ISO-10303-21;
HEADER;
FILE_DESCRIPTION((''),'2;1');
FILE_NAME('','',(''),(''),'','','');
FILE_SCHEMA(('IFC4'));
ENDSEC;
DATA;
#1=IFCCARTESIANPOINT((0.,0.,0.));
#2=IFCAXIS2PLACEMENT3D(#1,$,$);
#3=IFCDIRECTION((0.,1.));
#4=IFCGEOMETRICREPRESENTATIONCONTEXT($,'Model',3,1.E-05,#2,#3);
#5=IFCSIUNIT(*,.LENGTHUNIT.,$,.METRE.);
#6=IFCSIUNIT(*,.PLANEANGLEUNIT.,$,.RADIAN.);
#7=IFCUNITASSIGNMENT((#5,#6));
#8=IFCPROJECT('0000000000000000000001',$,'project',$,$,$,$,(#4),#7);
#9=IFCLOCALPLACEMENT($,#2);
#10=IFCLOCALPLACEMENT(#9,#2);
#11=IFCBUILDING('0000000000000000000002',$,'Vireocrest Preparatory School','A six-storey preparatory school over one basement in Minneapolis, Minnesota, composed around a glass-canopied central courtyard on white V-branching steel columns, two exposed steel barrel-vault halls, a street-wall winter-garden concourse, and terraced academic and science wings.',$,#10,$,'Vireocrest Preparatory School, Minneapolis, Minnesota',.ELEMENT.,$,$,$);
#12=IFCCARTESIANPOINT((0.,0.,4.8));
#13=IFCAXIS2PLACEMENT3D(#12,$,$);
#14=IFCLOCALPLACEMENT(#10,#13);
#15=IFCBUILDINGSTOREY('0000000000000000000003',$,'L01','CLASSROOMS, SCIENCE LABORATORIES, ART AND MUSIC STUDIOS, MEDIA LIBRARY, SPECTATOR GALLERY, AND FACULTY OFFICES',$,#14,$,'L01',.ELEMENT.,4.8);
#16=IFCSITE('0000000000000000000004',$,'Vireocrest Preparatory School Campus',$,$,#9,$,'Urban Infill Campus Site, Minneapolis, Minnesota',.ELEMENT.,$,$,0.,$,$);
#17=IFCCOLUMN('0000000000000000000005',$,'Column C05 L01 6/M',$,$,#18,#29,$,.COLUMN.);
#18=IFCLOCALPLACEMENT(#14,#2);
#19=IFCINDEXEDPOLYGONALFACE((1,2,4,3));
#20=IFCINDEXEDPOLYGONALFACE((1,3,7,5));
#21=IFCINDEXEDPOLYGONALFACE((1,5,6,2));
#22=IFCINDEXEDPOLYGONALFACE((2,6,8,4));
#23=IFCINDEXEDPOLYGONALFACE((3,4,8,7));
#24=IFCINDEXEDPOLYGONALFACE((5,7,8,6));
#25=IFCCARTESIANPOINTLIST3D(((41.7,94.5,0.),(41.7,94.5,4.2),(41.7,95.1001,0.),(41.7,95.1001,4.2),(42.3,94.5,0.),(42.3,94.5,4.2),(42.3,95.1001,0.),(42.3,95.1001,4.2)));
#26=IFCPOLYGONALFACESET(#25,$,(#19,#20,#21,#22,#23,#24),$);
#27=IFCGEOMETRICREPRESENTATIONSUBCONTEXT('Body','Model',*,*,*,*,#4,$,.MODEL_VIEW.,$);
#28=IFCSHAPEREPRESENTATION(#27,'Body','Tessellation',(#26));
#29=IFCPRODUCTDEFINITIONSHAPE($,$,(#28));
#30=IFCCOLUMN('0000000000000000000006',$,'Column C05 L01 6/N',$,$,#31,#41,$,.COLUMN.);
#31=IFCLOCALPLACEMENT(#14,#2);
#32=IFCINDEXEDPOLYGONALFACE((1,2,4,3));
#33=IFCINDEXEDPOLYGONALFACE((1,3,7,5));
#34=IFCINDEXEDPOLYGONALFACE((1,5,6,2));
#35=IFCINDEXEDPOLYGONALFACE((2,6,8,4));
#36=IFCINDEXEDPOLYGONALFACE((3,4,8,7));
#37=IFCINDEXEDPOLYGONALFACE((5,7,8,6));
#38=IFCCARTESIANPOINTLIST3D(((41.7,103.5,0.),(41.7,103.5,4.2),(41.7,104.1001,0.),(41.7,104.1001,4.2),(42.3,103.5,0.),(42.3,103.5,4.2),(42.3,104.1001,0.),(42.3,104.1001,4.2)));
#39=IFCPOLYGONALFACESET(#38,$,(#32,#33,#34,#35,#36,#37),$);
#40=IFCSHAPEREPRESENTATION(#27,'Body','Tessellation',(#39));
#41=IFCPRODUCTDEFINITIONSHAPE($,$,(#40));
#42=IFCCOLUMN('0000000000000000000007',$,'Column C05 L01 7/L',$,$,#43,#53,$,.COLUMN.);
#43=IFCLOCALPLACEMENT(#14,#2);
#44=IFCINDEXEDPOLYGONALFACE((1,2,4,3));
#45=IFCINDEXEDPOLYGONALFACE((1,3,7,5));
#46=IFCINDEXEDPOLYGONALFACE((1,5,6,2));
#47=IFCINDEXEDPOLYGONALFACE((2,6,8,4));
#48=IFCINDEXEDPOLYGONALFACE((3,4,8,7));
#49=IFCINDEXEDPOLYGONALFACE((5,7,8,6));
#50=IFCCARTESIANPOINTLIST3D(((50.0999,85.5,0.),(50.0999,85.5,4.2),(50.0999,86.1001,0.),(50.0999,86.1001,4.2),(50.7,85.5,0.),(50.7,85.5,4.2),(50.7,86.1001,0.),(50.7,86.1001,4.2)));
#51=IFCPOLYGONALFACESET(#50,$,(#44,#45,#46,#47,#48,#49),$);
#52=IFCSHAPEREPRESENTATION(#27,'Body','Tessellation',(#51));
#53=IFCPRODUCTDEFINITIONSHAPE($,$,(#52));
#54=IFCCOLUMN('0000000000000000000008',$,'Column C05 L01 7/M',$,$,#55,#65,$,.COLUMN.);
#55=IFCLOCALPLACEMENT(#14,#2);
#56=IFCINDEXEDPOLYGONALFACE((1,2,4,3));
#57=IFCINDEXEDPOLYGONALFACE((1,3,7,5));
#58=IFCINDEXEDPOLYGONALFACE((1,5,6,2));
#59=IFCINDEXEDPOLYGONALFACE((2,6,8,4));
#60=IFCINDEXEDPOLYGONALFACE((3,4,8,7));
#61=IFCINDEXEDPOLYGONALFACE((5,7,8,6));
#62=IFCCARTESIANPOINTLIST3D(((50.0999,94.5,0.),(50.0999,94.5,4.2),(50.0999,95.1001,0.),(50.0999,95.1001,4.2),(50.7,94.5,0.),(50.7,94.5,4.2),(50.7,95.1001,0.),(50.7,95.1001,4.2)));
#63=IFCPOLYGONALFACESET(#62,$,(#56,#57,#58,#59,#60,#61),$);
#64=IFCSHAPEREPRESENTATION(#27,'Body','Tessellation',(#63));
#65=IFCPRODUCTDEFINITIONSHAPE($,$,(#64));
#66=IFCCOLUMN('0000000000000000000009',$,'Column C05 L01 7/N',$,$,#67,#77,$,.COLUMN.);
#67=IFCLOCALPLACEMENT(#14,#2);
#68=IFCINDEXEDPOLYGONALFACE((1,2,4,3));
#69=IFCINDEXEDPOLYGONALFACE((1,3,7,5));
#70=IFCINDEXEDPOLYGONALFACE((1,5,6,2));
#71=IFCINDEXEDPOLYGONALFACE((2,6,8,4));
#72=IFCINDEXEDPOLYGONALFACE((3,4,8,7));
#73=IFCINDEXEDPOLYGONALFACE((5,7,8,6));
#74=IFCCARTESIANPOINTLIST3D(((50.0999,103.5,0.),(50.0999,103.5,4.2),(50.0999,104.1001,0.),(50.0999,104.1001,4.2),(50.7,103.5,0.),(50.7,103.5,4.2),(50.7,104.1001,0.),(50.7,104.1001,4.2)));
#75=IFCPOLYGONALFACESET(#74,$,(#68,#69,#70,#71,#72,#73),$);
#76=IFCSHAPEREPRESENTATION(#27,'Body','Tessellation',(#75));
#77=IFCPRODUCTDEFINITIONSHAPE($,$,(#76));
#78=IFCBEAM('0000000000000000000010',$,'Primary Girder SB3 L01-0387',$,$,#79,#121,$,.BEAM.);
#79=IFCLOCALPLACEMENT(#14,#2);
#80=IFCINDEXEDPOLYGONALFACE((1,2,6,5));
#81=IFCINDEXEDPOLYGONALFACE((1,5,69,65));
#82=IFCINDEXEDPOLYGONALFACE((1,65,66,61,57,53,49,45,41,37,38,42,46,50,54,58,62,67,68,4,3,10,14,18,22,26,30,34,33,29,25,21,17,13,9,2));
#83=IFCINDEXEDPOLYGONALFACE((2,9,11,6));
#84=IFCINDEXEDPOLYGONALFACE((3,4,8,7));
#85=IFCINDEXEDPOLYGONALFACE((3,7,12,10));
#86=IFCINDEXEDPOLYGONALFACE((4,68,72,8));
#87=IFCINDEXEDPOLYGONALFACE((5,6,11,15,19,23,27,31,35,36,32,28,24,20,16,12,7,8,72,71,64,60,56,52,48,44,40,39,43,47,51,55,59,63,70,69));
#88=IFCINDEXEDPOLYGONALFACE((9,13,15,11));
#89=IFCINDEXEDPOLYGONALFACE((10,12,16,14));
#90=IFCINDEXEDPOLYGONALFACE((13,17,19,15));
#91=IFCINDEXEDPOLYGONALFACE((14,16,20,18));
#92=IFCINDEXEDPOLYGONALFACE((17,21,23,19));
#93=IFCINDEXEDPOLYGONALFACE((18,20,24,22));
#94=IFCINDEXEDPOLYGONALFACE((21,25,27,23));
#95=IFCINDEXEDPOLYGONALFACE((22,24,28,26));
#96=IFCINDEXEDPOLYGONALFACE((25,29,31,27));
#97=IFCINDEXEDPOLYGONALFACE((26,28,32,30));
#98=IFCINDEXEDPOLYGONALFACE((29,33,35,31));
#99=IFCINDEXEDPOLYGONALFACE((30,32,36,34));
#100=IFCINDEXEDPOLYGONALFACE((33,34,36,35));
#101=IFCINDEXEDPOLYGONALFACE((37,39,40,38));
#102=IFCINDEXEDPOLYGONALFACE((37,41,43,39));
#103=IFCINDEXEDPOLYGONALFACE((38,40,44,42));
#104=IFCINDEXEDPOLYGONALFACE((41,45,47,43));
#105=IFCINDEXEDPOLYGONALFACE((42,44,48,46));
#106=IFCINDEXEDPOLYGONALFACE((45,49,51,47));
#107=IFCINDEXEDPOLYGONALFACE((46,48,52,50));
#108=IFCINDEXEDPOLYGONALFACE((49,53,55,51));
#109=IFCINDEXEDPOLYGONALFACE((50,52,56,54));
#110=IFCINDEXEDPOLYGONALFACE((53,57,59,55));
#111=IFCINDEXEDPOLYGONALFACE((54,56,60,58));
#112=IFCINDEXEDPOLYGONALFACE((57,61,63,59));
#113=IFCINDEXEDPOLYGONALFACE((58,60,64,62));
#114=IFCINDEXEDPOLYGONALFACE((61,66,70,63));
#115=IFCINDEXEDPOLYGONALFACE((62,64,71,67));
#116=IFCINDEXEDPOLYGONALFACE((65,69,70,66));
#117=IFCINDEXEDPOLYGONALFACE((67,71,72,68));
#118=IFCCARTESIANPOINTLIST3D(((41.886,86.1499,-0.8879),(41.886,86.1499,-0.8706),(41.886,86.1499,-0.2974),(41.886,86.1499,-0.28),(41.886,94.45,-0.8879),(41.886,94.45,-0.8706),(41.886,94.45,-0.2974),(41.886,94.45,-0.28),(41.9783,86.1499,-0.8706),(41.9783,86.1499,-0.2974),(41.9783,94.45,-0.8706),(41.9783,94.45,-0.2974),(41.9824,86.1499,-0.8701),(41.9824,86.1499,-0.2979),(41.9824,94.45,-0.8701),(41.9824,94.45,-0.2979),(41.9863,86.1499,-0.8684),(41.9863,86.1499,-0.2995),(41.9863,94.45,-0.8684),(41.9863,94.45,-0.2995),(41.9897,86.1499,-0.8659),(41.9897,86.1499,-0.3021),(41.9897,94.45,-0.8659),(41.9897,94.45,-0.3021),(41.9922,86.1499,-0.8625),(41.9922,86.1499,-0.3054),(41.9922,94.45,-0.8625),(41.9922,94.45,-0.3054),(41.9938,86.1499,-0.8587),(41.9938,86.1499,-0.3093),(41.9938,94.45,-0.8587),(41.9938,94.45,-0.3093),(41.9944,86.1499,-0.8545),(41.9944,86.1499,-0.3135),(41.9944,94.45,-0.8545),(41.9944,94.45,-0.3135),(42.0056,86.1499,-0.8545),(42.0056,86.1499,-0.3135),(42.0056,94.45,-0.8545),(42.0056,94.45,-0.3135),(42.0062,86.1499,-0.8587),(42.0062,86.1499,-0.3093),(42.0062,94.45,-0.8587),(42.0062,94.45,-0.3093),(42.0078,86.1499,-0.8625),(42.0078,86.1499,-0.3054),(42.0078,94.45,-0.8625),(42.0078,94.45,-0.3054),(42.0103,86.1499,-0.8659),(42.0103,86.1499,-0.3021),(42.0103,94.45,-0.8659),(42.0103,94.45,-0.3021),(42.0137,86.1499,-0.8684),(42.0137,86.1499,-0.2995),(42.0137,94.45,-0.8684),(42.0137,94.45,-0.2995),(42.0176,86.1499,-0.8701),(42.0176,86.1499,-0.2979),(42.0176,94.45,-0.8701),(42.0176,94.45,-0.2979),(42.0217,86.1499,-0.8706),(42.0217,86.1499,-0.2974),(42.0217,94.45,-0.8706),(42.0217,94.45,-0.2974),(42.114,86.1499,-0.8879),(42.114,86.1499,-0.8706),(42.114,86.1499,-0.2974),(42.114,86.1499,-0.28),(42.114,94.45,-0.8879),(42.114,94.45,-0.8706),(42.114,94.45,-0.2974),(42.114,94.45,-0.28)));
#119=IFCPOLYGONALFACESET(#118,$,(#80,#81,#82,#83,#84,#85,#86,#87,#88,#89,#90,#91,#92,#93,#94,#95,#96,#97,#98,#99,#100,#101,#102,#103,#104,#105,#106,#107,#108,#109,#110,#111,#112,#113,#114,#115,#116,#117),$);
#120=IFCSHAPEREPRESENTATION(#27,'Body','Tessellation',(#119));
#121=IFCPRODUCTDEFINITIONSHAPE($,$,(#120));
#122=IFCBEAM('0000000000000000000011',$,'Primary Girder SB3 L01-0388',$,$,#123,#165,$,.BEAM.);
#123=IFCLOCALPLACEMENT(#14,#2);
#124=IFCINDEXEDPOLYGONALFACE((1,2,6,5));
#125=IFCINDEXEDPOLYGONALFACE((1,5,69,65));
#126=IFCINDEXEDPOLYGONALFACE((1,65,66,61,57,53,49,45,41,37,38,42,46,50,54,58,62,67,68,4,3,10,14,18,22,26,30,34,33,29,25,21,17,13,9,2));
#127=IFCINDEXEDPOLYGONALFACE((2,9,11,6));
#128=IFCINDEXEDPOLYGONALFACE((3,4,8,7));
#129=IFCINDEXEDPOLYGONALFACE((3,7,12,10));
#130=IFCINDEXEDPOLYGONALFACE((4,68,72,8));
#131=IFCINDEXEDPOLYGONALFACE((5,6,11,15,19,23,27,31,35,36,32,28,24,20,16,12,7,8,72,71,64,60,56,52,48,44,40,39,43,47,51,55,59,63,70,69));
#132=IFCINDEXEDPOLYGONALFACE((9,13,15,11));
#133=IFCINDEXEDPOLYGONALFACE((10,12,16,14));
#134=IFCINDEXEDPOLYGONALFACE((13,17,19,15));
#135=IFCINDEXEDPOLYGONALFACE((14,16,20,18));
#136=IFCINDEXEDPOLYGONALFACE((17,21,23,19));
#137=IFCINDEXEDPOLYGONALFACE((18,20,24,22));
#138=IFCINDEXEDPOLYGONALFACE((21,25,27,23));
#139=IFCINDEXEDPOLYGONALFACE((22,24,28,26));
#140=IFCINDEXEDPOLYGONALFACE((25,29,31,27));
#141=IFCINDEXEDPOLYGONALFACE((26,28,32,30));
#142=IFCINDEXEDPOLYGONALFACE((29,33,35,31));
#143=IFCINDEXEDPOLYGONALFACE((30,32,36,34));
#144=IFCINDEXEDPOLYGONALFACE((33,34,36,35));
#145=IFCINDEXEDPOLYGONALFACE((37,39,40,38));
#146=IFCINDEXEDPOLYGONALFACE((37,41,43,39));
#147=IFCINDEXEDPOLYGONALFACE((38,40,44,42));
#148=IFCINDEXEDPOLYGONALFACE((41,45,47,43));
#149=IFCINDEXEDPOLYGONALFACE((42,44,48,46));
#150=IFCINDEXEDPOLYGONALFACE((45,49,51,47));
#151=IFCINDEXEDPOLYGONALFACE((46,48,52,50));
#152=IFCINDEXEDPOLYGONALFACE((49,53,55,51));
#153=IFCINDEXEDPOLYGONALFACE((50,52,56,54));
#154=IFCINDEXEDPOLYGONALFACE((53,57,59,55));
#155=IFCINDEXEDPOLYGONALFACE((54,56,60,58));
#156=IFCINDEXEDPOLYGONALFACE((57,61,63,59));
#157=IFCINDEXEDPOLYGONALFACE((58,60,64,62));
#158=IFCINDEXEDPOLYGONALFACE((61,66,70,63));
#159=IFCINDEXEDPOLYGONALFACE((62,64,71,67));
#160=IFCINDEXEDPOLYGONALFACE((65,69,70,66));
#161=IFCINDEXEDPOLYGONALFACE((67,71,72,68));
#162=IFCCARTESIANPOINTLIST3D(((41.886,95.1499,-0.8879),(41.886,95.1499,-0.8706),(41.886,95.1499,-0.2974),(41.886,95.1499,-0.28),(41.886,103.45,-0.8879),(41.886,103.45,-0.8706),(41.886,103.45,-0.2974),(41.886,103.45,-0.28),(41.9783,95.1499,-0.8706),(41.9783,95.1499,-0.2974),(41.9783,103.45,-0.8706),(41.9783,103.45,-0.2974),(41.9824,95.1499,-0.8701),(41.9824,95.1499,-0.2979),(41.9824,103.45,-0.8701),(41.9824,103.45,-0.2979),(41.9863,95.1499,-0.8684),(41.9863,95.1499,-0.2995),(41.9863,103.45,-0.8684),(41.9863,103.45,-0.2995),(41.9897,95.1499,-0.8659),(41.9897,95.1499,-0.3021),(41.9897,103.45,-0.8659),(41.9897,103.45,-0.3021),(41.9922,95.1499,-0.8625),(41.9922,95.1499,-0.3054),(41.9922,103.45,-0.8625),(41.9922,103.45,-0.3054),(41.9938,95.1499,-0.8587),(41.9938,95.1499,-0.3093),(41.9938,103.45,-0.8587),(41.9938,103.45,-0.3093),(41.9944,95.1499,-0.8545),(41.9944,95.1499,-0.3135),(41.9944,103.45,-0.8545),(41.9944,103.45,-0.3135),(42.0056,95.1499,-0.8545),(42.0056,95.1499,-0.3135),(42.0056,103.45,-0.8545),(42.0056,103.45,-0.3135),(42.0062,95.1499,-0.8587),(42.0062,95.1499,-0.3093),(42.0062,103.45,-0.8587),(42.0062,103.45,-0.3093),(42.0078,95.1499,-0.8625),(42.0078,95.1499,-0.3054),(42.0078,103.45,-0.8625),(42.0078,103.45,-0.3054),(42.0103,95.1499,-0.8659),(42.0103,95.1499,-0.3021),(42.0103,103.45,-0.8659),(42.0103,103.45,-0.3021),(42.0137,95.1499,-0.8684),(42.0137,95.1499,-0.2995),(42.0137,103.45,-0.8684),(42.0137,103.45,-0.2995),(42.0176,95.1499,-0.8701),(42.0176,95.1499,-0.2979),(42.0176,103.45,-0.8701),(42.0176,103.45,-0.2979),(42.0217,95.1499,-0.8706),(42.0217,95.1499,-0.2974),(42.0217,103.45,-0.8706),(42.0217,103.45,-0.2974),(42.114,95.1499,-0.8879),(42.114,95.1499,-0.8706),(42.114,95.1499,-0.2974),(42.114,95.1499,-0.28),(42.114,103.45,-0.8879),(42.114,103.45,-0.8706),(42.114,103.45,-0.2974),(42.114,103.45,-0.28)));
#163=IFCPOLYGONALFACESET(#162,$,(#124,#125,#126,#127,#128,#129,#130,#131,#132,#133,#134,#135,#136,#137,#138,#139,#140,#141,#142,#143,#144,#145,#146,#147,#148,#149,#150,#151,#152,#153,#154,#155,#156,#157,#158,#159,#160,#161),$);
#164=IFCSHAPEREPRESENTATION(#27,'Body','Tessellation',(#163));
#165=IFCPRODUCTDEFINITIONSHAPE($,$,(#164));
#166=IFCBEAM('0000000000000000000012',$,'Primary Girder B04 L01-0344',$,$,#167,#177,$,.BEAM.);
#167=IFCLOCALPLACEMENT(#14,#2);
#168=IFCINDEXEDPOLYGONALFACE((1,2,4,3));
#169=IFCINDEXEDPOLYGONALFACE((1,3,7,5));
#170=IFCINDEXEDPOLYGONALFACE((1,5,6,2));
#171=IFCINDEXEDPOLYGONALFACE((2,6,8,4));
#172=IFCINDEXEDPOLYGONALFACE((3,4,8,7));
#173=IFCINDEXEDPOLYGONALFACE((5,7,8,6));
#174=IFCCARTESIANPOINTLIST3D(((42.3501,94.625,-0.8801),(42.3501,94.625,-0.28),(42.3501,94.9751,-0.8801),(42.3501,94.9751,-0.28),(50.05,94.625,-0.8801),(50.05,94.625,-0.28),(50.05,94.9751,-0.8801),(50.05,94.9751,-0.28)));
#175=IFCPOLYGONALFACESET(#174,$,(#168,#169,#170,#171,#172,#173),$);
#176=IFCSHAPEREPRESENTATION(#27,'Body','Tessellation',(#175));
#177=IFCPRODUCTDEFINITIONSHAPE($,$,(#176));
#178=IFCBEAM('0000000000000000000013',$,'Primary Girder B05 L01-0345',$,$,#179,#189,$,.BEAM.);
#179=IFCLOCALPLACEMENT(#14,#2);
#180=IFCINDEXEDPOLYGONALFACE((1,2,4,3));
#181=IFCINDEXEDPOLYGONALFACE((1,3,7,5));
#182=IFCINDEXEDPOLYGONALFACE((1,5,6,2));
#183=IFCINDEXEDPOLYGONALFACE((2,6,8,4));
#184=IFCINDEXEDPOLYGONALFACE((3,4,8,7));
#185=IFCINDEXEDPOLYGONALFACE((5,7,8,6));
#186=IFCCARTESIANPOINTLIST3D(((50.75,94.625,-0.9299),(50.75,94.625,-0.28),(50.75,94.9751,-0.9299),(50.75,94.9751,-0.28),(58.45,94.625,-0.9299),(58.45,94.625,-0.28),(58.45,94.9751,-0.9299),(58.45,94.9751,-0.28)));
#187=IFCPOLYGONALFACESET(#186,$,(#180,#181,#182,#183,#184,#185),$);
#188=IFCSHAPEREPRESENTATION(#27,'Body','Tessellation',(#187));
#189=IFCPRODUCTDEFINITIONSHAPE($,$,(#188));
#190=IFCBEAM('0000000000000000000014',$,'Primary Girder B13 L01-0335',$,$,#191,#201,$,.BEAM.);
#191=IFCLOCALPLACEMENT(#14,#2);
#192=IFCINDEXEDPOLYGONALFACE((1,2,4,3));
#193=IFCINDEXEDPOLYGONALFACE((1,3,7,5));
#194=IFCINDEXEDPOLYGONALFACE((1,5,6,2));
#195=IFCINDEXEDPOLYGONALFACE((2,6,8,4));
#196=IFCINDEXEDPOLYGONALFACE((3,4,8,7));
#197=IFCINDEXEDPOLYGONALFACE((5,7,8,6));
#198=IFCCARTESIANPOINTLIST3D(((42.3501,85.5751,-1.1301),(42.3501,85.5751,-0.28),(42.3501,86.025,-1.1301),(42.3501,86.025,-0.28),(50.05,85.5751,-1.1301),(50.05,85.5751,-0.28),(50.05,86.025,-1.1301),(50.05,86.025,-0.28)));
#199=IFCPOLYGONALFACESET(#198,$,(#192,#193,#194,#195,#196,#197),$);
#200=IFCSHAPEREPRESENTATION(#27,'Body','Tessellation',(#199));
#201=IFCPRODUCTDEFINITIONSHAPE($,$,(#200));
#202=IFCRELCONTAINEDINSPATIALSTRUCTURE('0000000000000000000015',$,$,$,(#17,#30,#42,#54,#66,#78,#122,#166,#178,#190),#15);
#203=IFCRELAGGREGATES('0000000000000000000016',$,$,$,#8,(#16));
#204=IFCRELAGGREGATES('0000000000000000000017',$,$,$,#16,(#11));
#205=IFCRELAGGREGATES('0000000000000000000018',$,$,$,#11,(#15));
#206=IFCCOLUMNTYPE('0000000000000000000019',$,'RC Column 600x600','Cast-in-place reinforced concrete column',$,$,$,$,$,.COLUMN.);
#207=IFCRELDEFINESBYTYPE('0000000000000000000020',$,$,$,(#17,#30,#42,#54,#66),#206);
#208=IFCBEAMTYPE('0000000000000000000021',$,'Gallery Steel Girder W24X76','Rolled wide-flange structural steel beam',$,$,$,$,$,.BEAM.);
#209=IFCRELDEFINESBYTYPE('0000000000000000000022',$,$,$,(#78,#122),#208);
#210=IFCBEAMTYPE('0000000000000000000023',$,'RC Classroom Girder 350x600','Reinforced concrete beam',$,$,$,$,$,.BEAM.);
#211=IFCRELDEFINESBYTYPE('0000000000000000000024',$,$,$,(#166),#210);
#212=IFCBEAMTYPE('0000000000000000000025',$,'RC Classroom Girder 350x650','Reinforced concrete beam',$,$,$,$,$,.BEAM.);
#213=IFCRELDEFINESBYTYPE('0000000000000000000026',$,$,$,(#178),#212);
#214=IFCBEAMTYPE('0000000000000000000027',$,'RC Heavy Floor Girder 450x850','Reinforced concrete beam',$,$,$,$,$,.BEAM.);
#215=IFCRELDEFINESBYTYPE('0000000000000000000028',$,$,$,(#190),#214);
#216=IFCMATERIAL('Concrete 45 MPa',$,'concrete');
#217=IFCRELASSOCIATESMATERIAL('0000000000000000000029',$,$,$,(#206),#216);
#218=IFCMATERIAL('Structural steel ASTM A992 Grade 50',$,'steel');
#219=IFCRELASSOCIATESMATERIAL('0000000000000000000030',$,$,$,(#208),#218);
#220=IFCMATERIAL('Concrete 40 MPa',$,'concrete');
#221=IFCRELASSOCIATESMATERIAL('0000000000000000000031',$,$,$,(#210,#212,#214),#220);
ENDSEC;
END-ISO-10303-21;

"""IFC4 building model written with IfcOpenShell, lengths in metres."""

from ifc_helpers import new_model, si_unit, direction, frame, origin, origin_2d, place, context, subcontext, project, spatial, rectangle, i_section, extrude, material, material_profile, profile_set, type_object, element, save


model = new_model("IFC4")

# Units and contexts
model_context = context("Model", 3, precision=1e-05, world=origin(), true_north=direction((0.0, 1.0)))
body_context = subcontext(model_context, "Body", "Model", "MODEL_VIEW")
ifc_project = project(units=[si_unit("LENGTHUNIT", "METRE"), si_unit("PLANEANGLEUNIT", "RADIAN")], contexts=[model_context])

# Site, building, storey
site_placement = place(None, origin())
site = spatial("IfcSite", under=ifc_project, at=site_placement, Name="Vireocrest Preparatory School Campus", LongName="Urban Infill Campus Site, Minneapolis, Minnesota", CompositionType="ELEMENT", RefElevation=0.0)
building_placement = place(site_placement, origin())
building = spatial("IfcBuilding", under=site, at=building_placement, Name="Vireocrest Preparatory School", Description="A six-storey preparatory school over one basement in Minneapolis, Minnesota, composed around a glass-canopied central courtyard on white V-branching steel columns, two exposed steel barrel-vault halls, a street-wall winter-garden concourse, and terraced academic and science wings.", LongName="Vireocrest Preparatory School, Minneapolis, Minnesota", CompositionType="ELEMENT")
storey_placement = place(building_placement, frame((0.0, 0.0, 4.8)))
storey = spatial("IfcBuildingStorey", under=building, at=storey_placement, Name="L01", Description="CLASSROOMS, SCIENCE LABORATORIES, ART AND MUSIC STUDIOS, MEDIA LIBRARY, SPECTATOR GALLERY, AND FACULTY OFFICES", LongName="L01", CompositionType="ELEMENT", Elevation=4.8)

# Columns
ifc_material_1 = material(Name="Concrete 45 MPa", Category="concrete")
ifc_material_profile_1 = material_profile(ifc_material_1, rectangle(XDim=0.6001, YDim=0.6001, at=origin_2d()), Name="RC 600x600")
ifc_profile_set_1 = profile_set([ifc_material_profile_1], Name="Concrete 45 MPa")
column_type = type_object("IfcColumnType", Name="RC Column 600x600", Description="Cast-in-place reinforced concrete column", PredefinedType="COLUMN", material=ifc_profile_set_1)
for number, where, z_axis, x_axis, name in (
    (1, (42.0, 94.8, 0.0), (0.0, 0.0, 1.0), (1.0, 0.0, 0.0), "Column C05 L01 6/M"),
    (2, (42.0, 103.8, 0.0), (0.0, 0.0, 1.0), (1.0, 0.0, 0.0), "Column C05 L01 6/N"),
    (3, (50.3999, 85.8, 0.0), (0.0, 0.0, 1.0), (1.0, 0.0, 0.0), "Column C05 L01 7/L"),
    (4, (50.3999, 94.8, 0.0), (0.0, 0.0, 1.0), (1.0, 0.0, 0.0), "Column C05 L01 7/M"),
    (5, (50.3999, 103.8, 0.0), (0.0, 0.0, 1.0), (1.0, 0.0, 0.0), "Column C05 L01 7/N"),
):
    element("IfcColumn", number, at=place(storey_placement, frame(where, z_axis=z_axis, x_axis=x_axis)), inside=storey, type_object=column_type, Name=name, PredefinedType="COLUMN", context=body_context, shape_type="SweptSolid", body=[
        extrude(rectangle(XDim=0.6001, YDim=0.6001, at=origin_2d()), origin(), (0.0, 0.0, 1.0), 4.2),
    ])

# Beams
ifc_material_2 = material(Name="Structural steel ASTM A992 Grade 50", Category="steel")
ifc_material_profile_2 = material_profile(ifc_material_2, i_section(OverallWidth=0.228, OverallDepth=0.6079, WebThickness=0.0112, FlangeThickness=0.0173, FilletRadius=0.0161, at=origin_2d()), Name="W24X76")
ifc_profile_set_2 = profile_set([ifc_material_profile_2], Name="Structural steel ASTM A992 Grade 50")
beam_type_1 = type_object("IfcBeamType", Name="Gallery Steel Girder W24X76", Description="Rolled wide-flange structural steel beam", PredefinedType="BEAM", material=ifc_profile_set_2)
for number, where, z_axis, x_axis, name in (
    (6, (42.0, 86.1499, -0.584), (0.0, 1.0, 0.0), (-1.0, 0.0, 0.0), "Primary Girder SB3 L01-0387"),
    (7, (42.0, 95.1499, -0.584), (0.0, 1.0, 0.0), (-1.0, 0.0, 0.0), "Primary Girder SB3 L01-0388"),
):
    element("IfcBeam", number, at=place(storey_placement, frame(where, z_axis=z_axis, x_axis=x_axis)), inside=storey, type_object=beam_type_1, Name=name, PredefinedType="BEAM", context=body_context, shape_type="SweptSolid", body=[
        extrude(i_section(OverallWidth=0.228, OverallDepth=0.6079, WebThickness=0.0112, FlangeThickness=0.0173, FilletRadius=0.0161, at=origin_2d()), origin(), (0.0, 0.0, 1.0), 8.3),
    ])
ifc_material_3 = material(Name="Concrete 40 MPa", Category="concrete")
ifc_material_profile_3 = material_profile(ifc_material_3, rectangle(XDim=0.3501, YDim=0.6001, at=origin_2d()), Name="RC 350x600")
ifc_profile_set_3 = profile_set([ifc_material_profile_3], Name="Concrete 40 MPa")
beam_type_2 = type_object("IfcBeamType", Name="RC Classroom Girder 350x600", Description="Reinforced concrete beam", PredefinedType="BEAM", material=ifc_profile_set_3)
beam_1_placement = place(storey_placement, frame((42.3501, 94.8, -0.5801), z_axis=(1.0, 0.0, 0.0), x_axis=(0.0, 1.0, 0.0)))
element("IfcBeam", 8, at=beam_1_placement, inside=storey, type_object=beam_type_2, Name="Primary Girder B04 L01-0344", PredefinedType="BEAM", context=body_context, shape_type="SweptSolid", body=[
    extrude(rectangle(XDim=0.3501, YDim=0.6001, at=origin_2d()), origin(), (0.0, 0.0, 1.0), 7.7),
])
ifc_material_profile_4 = material_profile(ifc_material_3, rectangle(XDim=0.3501, YDim=0.6499, at=origin_2d()), Name="RC 350x650")
ifc_profile_set_4 = profile_set([ifc_material_profile_4], Name="Concrete 40 MPa")
beam_type_3 = type_object("IfcBeamType", Name="RC Classroom Girder 350x650", Description="Reinforced concrete beam", PredefinedType="BEAM", material=ifc_profile_set_4)
beam_2_placement = place(storey_placement, frame((50.75, 94.8, -0.605), z_axis=(1.0, 0.0, 0.0), x_axis=(0.0, 1.0, 0.0)))
element("IfcBeam", 9, at=beam_2_placement, inside=storey, type_object=beam_type_3, Name="Primary Girder B05 L01-0345", PredefinedType="BEAM", context=body_context, shape_type="SweptSolid", body=[
    extrude(rectangle(XDim=0.3501, YDim=0.6499, at=origin_2d()), origin(), (0.0, 0.0, 1.0), 7.7),
])
ifc_material_profile_5 = material_profile(ifc_material_3, rectangle(XDim=0.45, YDim=0.8501, at=origin_2d()), Name="RC 450x850")
ifc_profile_set_5 = profile_set([ifc_material_profile_5], Name="Concrete 40 MPa")
beam_type_4 = type_object("IfcBeamType", Name="RC Heavy Floor Girder 450x850", Description="Reinforced concrete beam", PredefinedType="BEAM", material=ifc_profile_set_5)
for number, where, z_axis, x_axis, name in (
    (10, (42.3501, 85.8, -0.7051), (1.0, 0.0, 0.0), (0.0, 1.0, 0.0), "Primary Girder B13 L01-0335"),
):
    element("IfcBeam", number, at=place(storey_placement, frame(where, z_axis=z_axis, x_axis=x_axis)), inside=storey, type_object=beam_type_4, Name=name, PredefinedType="BEAM", context=body_context, shape_type="SweptSolid", body=[
        extrude(rectangle(XDim=0.45, YDim=0.8501, at=origin_2d()), origin(), (0.0, 0.0, 1.0), 7.7),
    ])

save(model, "model.ifc")
